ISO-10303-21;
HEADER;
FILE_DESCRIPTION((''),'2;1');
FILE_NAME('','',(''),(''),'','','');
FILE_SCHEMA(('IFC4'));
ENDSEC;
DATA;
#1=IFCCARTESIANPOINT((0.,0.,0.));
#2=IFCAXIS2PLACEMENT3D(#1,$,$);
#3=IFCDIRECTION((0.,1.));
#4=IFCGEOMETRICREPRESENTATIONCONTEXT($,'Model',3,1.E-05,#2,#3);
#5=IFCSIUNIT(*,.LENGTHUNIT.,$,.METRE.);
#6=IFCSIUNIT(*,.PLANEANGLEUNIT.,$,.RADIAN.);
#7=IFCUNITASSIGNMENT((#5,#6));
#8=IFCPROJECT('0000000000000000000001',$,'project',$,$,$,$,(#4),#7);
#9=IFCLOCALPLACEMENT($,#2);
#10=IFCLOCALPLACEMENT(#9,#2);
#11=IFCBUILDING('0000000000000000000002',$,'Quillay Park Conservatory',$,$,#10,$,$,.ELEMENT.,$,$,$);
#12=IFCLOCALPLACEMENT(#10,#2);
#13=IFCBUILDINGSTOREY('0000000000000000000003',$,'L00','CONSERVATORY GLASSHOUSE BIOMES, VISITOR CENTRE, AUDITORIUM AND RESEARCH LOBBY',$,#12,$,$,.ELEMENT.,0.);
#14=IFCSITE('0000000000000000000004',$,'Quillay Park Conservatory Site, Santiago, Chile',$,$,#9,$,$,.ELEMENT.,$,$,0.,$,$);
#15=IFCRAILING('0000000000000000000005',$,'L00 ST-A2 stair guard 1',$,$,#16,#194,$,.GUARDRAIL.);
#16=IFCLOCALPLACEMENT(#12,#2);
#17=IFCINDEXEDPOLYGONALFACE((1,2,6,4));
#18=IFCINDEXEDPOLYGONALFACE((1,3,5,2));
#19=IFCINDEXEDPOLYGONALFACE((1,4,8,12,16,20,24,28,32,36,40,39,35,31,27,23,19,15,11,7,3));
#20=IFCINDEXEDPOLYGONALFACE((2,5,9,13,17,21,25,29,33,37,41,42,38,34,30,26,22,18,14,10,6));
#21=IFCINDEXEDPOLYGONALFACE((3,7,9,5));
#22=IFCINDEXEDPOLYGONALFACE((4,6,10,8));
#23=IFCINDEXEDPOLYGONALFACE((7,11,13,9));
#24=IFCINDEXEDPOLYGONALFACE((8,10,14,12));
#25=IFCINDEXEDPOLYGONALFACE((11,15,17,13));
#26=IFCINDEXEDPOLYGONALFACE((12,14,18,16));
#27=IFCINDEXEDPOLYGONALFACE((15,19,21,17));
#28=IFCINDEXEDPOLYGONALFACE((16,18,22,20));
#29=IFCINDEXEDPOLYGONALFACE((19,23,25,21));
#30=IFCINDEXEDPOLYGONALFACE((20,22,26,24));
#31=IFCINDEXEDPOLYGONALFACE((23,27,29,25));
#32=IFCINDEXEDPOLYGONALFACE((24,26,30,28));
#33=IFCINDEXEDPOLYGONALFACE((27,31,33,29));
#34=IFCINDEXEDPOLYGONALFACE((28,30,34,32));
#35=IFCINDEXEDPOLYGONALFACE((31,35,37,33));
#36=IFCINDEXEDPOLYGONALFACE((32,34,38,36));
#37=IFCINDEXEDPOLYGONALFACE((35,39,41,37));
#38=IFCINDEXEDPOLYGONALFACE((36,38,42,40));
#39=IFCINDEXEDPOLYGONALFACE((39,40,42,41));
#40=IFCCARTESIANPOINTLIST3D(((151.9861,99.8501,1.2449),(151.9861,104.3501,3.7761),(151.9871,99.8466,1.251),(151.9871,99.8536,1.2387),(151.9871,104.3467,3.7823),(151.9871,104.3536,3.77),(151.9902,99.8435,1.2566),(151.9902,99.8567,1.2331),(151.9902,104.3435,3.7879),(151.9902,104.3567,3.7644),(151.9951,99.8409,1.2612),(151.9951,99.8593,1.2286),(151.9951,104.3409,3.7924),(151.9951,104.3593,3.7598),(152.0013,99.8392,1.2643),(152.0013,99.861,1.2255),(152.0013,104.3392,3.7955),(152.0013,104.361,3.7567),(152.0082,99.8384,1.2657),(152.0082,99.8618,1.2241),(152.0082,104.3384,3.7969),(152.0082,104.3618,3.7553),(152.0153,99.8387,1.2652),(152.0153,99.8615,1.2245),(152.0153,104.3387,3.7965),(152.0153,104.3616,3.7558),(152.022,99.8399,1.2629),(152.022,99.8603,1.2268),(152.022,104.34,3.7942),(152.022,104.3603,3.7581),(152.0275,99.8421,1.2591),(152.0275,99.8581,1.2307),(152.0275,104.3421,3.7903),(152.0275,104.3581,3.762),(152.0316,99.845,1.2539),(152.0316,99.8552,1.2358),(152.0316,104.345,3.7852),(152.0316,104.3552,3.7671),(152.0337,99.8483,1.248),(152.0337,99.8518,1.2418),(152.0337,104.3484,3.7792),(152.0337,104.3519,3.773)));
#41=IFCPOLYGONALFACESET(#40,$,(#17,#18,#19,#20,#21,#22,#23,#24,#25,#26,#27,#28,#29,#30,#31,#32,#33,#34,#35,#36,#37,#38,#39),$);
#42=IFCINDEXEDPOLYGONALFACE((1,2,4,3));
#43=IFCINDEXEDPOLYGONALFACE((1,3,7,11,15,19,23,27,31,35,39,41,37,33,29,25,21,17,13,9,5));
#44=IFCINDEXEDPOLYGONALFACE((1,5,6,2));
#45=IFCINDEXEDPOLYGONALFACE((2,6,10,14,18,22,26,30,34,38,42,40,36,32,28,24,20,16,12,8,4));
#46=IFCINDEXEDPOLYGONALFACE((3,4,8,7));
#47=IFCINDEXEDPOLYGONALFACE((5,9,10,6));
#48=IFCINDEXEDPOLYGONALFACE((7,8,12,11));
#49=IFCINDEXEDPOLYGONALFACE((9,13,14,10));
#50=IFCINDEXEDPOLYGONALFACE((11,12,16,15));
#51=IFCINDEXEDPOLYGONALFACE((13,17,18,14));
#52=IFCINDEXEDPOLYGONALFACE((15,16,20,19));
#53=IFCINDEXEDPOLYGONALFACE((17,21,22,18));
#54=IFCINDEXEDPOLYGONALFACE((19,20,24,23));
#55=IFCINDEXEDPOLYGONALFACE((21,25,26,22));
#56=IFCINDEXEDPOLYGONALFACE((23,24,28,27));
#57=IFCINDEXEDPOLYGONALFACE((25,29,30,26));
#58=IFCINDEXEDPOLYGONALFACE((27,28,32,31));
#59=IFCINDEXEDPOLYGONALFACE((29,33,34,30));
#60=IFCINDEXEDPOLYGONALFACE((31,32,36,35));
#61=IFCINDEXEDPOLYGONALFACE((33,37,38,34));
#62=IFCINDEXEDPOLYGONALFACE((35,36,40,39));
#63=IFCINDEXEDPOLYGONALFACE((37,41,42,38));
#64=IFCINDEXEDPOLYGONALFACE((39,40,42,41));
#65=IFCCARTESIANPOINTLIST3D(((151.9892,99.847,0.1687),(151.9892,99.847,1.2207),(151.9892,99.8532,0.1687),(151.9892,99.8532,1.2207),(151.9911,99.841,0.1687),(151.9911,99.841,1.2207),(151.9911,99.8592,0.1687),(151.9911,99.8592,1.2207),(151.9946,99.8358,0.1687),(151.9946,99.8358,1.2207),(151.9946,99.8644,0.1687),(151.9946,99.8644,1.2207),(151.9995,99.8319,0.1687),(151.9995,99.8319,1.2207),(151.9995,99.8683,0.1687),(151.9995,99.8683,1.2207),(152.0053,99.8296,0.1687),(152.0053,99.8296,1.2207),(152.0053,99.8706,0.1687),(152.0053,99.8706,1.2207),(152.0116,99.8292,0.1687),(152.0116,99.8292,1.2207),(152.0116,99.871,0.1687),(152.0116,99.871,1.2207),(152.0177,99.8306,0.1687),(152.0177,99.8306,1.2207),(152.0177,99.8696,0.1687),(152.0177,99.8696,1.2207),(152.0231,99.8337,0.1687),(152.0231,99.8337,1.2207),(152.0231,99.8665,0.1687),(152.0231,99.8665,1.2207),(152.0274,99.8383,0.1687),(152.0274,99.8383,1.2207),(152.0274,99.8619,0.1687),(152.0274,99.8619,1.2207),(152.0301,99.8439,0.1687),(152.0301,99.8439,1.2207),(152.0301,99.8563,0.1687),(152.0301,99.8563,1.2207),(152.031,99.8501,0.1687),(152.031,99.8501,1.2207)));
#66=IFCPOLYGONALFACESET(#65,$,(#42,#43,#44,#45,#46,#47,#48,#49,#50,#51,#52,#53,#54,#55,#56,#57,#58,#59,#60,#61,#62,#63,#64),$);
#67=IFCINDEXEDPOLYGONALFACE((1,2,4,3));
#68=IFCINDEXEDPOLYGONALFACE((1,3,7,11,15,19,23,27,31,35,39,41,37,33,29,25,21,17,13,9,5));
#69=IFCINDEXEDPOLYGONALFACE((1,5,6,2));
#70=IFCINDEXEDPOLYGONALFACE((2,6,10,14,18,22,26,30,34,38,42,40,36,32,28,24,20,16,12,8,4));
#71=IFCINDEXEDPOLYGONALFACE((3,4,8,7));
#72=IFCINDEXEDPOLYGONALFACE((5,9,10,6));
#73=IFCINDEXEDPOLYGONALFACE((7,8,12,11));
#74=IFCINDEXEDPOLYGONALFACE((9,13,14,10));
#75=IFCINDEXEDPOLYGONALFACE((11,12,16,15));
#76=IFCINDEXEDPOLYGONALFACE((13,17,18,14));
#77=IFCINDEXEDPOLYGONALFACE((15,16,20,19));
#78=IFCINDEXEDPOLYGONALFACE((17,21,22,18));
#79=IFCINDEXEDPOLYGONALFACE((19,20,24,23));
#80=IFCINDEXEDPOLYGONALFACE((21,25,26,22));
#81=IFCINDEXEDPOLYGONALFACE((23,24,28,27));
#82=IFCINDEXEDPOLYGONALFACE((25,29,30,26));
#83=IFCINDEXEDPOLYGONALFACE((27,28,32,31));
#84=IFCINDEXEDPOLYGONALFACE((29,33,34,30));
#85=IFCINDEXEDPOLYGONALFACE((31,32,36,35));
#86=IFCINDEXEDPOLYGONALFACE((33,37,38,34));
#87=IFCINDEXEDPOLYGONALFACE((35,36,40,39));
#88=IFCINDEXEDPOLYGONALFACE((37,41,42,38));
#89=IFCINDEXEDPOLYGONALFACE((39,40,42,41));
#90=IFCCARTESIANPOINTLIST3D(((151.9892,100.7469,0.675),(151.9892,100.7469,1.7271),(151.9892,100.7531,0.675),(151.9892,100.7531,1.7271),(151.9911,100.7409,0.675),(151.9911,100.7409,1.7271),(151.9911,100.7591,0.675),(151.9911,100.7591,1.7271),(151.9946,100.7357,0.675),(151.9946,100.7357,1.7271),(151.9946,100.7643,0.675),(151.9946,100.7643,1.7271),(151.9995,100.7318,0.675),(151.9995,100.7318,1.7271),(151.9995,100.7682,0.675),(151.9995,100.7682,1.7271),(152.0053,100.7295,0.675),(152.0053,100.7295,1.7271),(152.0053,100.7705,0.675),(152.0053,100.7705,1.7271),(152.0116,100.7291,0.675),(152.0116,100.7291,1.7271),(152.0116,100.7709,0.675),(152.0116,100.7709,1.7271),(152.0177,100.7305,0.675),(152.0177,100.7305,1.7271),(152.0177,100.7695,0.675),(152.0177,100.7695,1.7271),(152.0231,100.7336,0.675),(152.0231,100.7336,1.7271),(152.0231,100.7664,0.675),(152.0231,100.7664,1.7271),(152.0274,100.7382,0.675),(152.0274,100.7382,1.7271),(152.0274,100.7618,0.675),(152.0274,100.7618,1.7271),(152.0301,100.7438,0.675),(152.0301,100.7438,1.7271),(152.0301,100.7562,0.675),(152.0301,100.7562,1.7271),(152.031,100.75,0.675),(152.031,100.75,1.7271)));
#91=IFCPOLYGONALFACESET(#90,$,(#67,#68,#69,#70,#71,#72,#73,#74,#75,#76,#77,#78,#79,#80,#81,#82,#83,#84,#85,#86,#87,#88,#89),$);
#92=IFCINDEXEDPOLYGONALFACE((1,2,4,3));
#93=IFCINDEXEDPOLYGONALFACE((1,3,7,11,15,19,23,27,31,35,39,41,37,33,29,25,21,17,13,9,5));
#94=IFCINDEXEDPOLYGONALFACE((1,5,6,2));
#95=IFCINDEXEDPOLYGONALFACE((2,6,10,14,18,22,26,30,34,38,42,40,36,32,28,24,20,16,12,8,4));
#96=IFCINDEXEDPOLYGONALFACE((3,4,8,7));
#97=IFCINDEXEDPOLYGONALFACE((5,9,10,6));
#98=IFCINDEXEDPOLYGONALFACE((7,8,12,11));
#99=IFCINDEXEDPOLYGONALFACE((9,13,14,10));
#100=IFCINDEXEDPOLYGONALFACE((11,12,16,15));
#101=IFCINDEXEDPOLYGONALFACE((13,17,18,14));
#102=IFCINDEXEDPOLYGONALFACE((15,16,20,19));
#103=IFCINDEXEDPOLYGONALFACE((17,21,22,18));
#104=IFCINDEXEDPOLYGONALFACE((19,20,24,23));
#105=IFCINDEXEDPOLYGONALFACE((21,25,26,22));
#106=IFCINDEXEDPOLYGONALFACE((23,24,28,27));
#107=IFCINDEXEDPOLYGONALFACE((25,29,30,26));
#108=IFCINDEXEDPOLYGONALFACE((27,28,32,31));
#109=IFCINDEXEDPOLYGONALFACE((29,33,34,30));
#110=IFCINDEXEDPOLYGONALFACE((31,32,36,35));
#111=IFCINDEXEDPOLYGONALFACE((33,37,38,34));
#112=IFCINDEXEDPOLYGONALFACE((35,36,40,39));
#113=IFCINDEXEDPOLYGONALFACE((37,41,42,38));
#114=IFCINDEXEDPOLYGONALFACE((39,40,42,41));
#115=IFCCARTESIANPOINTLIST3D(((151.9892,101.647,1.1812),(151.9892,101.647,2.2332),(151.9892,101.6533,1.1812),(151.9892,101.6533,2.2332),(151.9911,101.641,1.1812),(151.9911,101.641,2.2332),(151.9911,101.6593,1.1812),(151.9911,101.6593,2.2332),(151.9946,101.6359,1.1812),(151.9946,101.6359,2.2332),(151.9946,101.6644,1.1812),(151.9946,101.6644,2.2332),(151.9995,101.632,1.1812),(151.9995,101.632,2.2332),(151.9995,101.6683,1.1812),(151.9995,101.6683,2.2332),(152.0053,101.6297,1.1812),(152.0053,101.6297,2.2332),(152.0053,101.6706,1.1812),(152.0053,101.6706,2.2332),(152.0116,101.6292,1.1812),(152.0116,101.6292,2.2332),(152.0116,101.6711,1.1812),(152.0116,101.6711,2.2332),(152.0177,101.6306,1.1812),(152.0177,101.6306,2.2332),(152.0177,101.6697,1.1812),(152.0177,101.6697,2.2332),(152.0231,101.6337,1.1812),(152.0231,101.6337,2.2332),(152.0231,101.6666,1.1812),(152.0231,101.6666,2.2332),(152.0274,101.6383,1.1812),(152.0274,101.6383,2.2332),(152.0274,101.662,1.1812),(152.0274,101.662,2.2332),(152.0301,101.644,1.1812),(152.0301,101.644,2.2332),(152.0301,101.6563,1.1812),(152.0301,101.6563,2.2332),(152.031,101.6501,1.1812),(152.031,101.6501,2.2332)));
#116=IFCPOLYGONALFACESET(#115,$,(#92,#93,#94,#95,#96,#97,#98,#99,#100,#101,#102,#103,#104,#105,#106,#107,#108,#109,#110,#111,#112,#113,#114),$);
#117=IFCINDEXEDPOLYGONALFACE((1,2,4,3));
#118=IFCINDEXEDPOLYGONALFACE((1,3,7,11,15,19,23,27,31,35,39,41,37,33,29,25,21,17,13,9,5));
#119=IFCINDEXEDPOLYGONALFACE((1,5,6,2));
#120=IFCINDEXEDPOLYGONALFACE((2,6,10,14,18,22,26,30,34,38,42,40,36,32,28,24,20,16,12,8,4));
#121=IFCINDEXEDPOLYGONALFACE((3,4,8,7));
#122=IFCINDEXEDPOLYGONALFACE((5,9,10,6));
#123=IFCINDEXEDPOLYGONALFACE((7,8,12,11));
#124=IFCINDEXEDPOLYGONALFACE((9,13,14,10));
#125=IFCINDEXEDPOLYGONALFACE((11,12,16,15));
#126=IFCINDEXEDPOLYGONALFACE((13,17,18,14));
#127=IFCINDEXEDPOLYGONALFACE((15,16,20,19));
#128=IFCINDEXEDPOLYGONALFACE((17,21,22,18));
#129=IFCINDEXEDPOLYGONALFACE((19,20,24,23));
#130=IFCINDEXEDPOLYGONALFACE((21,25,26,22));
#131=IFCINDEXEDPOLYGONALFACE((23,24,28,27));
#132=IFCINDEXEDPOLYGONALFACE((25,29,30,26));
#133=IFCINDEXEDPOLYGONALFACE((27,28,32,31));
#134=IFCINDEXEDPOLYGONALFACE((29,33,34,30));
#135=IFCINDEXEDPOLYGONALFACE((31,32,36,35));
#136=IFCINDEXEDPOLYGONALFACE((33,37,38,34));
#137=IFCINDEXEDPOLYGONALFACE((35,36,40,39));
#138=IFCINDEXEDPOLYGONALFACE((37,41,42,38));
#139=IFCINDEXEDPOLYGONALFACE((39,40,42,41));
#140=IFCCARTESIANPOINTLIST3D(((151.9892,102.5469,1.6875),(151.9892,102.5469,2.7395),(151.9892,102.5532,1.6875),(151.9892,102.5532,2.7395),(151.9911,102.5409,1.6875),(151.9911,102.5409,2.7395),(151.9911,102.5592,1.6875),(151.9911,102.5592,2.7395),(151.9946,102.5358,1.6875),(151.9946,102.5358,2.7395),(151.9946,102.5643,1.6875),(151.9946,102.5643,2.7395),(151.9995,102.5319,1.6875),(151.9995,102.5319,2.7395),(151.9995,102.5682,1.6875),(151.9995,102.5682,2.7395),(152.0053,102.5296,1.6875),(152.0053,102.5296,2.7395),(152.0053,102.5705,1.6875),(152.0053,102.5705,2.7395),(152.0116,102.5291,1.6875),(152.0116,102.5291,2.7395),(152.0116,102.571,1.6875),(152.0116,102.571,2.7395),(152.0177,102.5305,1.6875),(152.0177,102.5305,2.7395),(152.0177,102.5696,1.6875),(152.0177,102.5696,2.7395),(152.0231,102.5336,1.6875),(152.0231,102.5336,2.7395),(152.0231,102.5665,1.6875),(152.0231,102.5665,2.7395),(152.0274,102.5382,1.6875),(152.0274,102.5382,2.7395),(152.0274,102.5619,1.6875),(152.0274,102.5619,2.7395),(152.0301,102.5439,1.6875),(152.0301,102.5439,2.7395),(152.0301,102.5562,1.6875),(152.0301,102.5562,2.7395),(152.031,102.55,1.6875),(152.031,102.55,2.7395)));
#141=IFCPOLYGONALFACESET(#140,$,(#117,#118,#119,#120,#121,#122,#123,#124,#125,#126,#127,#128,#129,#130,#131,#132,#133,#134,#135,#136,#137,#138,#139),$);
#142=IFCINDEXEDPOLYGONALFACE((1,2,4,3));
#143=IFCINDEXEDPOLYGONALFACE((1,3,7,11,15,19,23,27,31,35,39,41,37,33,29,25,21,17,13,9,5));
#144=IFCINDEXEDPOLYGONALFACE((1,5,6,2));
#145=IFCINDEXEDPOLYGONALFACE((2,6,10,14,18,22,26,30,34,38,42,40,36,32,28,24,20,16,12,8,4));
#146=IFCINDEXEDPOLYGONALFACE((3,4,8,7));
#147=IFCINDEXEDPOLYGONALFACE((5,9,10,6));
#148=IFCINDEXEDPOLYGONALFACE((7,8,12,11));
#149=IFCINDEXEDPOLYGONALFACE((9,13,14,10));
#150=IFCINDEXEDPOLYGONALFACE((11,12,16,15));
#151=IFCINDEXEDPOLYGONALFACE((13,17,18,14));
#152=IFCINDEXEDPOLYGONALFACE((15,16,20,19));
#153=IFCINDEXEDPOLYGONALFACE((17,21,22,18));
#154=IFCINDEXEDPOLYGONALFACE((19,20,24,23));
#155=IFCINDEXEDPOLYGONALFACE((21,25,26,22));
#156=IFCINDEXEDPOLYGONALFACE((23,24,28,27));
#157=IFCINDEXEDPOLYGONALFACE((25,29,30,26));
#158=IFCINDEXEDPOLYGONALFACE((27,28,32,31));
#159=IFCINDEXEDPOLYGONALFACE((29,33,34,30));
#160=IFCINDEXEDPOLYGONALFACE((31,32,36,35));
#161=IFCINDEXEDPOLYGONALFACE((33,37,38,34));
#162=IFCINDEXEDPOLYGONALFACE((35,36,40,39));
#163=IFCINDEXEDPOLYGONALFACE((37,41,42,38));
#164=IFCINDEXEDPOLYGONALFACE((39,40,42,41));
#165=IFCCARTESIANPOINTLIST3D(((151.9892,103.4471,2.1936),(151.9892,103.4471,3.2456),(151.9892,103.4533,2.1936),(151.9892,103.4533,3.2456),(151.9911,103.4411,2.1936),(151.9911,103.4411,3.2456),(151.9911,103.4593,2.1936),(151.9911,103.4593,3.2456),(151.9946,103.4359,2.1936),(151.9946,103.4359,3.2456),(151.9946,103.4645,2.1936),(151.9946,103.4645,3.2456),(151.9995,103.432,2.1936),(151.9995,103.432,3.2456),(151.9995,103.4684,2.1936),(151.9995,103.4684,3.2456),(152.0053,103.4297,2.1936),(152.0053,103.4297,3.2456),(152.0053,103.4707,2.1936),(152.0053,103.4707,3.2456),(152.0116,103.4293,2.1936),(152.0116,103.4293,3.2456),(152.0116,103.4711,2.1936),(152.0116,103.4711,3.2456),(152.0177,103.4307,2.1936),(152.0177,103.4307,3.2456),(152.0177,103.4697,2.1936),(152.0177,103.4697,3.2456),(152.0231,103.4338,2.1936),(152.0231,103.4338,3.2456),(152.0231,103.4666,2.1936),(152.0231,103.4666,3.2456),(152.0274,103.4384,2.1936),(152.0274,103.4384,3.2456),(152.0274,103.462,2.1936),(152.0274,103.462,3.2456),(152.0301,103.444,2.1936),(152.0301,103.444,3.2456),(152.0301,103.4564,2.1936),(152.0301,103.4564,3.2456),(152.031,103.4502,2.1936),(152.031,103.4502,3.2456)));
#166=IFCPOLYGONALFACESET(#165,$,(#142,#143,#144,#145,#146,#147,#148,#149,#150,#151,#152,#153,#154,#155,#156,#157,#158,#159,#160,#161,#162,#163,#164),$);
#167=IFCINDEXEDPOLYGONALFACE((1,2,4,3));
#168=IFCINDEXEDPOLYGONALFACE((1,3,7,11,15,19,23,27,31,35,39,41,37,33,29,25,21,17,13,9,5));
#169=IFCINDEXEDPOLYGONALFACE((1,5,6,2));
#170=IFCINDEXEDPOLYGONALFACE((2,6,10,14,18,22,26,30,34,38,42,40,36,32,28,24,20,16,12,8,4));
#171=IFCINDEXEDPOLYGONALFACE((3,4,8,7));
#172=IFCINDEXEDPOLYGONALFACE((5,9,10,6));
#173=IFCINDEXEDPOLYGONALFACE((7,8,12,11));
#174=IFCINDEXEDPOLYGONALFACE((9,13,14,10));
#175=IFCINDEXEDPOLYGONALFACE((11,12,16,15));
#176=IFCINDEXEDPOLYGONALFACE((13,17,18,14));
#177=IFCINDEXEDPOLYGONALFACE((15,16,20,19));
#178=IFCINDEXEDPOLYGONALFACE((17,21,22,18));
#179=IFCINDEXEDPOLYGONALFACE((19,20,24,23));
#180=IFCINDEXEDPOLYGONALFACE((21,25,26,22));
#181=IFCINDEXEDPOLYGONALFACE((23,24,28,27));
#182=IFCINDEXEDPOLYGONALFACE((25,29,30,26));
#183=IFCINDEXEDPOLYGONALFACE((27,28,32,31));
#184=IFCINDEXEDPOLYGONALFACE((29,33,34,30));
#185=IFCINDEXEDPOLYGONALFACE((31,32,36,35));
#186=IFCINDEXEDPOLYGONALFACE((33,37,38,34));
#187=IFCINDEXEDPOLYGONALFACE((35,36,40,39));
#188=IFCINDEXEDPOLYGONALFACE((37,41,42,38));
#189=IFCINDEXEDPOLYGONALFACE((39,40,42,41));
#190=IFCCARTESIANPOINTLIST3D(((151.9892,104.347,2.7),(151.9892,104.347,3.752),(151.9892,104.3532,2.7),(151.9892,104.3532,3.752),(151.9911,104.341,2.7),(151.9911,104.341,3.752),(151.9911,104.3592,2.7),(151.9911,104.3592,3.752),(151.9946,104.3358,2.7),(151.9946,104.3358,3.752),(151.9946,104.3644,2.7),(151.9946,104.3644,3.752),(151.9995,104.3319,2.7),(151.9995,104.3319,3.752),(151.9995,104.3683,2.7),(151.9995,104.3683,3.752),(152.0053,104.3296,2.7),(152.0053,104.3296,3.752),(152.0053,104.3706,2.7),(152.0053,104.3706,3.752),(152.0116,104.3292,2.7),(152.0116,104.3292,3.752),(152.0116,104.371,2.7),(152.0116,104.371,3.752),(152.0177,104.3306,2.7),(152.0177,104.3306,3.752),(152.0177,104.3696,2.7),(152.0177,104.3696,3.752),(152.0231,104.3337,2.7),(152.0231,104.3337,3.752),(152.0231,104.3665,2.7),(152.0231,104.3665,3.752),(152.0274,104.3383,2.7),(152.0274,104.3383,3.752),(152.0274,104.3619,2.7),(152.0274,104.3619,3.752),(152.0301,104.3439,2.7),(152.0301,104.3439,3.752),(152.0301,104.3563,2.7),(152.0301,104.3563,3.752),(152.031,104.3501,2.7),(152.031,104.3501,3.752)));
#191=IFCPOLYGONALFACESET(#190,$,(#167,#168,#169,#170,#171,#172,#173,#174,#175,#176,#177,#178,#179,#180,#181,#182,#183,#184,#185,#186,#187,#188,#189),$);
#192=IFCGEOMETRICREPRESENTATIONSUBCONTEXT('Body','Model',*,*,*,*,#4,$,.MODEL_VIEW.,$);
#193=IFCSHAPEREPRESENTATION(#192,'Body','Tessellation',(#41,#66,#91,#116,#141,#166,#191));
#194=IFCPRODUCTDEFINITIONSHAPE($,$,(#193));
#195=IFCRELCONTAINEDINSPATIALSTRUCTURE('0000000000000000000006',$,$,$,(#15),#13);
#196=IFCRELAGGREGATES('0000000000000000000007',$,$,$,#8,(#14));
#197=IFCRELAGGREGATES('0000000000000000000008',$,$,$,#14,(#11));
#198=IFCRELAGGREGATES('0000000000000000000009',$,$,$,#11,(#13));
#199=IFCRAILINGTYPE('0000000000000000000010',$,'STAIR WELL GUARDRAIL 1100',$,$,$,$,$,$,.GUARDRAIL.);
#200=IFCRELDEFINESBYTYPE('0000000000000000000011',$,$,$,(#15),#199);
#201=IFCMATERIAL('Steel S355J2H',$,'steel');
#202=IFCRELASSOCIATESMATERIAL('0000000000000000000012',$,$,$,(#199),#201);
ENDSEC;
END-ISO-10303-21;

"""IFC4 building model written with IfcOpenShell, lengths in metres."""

from ifc_helpers import new_model, si_unit, direction, frame, origin, origin_2d, place, context, subcontext, project, spatial, circle, extrude, material, type_object, element, save


model = new_model("IFC4")

# Units and contexts
model_context = context("Model", 3, precision=1e-05, world=origin(), true_north=direction((0.0, 1.0)))
body_context = subcontext(model_context, "Body", "Model", "MODEL_VIEW")
ifc_project = project(units=[si_unit("LENGTHUNIT", "METRE"), si_unit("PLANEANGLEUNIT", "RADIAN")], contexts=[model_context])

# Site, building, storey
site_placement = place(None, origin())
site = spatial("IfcSite", under=ifc_project, at=site_placement, Name="Quillay Park Conservatory Site, Santiago, Chile", CompositionType="ELEMENT", RefElevation=0.0)
building_placement = place(site_placement, origin())
building = spatial("IfcBuilding", under=site, at=building_placement, Name="Quillay Park Conservatory", CompositionType="ELEMENT")
storey_placement = place(building_placement, origin())
storey = spatial("IfcBuildingStorey", under=building, at=storey_placement, Name="L00", Description="CONSERVATORY GLASSHOUSE BIOMES, VISITOR CENTRE, AUDITORIUM AND RESEARCH LOBBY", CompositionType="ELEMENT", Elevation=0.0)

# Railing
ifc_material_1 = material(Name="Steel S355J2H", Category="steel")
railing_type_1 = type_object("IfcRailingType", Name="STAIR WELL GUARDRAIL 1100", PredefinedType="GUARDRAIL", material=ifc_material_1)
railing_1_placement = place(storey_placement, frame((152.01, 99.8501, 0.1687)))
element("IfcRailing", 1, at=railing_1_placement, inside=storey, type_object=railing_type_1, Name="L00 ST-A2 stair guard 1", PredefinedType="GUARDRAIL", context=body_context, shape_type="SweptSolid", body=[
    extrude(circle(Radius=0.0239, at=origin_2d()), frame((0.0, 0.0, 1.0762), z_axis=(0.0, 0.871576, 0.490261), x_axis=(-1.0, 0.0, 0.0)), (0.0, 0.0, 1.0), 5.1631),
    extrude(circle(Radius=0.021, at=origin_2d()), origin(), (0.0, 0.0, 1.0), 1.052),
    extrude(circle(Radius=0.021, at=origin_2d()), frame((0.0, 0.8999, 0.5063)), (0.0, 0.0, 1.0), 1.052),
    extrude(circle(Radius=0.021, at=origin_2d()), frame((0.0, 1.8, 1.0125)), (0.0, 0.0, 1.0), 1.052),
    extrude(circle(Radius=0.021, at=origin_2d()), frame((0.0, 2.7, 1.5188)), (0.0, 0.0, 1.0), 1.052),
    extrude(circle(Radius=0.021, at=origin_2d()), frame((0.0, 3.6001, 2.0249)), (0.0, 0.0, 1.0), 1.052),
    extrude(circle(Radius=0.021, at=origin_2d()), frame((0.0, 4.5, 2.5312)), (0.0, 0.0, 1.0), 1.052),
])

save(model, "model.ifc")
